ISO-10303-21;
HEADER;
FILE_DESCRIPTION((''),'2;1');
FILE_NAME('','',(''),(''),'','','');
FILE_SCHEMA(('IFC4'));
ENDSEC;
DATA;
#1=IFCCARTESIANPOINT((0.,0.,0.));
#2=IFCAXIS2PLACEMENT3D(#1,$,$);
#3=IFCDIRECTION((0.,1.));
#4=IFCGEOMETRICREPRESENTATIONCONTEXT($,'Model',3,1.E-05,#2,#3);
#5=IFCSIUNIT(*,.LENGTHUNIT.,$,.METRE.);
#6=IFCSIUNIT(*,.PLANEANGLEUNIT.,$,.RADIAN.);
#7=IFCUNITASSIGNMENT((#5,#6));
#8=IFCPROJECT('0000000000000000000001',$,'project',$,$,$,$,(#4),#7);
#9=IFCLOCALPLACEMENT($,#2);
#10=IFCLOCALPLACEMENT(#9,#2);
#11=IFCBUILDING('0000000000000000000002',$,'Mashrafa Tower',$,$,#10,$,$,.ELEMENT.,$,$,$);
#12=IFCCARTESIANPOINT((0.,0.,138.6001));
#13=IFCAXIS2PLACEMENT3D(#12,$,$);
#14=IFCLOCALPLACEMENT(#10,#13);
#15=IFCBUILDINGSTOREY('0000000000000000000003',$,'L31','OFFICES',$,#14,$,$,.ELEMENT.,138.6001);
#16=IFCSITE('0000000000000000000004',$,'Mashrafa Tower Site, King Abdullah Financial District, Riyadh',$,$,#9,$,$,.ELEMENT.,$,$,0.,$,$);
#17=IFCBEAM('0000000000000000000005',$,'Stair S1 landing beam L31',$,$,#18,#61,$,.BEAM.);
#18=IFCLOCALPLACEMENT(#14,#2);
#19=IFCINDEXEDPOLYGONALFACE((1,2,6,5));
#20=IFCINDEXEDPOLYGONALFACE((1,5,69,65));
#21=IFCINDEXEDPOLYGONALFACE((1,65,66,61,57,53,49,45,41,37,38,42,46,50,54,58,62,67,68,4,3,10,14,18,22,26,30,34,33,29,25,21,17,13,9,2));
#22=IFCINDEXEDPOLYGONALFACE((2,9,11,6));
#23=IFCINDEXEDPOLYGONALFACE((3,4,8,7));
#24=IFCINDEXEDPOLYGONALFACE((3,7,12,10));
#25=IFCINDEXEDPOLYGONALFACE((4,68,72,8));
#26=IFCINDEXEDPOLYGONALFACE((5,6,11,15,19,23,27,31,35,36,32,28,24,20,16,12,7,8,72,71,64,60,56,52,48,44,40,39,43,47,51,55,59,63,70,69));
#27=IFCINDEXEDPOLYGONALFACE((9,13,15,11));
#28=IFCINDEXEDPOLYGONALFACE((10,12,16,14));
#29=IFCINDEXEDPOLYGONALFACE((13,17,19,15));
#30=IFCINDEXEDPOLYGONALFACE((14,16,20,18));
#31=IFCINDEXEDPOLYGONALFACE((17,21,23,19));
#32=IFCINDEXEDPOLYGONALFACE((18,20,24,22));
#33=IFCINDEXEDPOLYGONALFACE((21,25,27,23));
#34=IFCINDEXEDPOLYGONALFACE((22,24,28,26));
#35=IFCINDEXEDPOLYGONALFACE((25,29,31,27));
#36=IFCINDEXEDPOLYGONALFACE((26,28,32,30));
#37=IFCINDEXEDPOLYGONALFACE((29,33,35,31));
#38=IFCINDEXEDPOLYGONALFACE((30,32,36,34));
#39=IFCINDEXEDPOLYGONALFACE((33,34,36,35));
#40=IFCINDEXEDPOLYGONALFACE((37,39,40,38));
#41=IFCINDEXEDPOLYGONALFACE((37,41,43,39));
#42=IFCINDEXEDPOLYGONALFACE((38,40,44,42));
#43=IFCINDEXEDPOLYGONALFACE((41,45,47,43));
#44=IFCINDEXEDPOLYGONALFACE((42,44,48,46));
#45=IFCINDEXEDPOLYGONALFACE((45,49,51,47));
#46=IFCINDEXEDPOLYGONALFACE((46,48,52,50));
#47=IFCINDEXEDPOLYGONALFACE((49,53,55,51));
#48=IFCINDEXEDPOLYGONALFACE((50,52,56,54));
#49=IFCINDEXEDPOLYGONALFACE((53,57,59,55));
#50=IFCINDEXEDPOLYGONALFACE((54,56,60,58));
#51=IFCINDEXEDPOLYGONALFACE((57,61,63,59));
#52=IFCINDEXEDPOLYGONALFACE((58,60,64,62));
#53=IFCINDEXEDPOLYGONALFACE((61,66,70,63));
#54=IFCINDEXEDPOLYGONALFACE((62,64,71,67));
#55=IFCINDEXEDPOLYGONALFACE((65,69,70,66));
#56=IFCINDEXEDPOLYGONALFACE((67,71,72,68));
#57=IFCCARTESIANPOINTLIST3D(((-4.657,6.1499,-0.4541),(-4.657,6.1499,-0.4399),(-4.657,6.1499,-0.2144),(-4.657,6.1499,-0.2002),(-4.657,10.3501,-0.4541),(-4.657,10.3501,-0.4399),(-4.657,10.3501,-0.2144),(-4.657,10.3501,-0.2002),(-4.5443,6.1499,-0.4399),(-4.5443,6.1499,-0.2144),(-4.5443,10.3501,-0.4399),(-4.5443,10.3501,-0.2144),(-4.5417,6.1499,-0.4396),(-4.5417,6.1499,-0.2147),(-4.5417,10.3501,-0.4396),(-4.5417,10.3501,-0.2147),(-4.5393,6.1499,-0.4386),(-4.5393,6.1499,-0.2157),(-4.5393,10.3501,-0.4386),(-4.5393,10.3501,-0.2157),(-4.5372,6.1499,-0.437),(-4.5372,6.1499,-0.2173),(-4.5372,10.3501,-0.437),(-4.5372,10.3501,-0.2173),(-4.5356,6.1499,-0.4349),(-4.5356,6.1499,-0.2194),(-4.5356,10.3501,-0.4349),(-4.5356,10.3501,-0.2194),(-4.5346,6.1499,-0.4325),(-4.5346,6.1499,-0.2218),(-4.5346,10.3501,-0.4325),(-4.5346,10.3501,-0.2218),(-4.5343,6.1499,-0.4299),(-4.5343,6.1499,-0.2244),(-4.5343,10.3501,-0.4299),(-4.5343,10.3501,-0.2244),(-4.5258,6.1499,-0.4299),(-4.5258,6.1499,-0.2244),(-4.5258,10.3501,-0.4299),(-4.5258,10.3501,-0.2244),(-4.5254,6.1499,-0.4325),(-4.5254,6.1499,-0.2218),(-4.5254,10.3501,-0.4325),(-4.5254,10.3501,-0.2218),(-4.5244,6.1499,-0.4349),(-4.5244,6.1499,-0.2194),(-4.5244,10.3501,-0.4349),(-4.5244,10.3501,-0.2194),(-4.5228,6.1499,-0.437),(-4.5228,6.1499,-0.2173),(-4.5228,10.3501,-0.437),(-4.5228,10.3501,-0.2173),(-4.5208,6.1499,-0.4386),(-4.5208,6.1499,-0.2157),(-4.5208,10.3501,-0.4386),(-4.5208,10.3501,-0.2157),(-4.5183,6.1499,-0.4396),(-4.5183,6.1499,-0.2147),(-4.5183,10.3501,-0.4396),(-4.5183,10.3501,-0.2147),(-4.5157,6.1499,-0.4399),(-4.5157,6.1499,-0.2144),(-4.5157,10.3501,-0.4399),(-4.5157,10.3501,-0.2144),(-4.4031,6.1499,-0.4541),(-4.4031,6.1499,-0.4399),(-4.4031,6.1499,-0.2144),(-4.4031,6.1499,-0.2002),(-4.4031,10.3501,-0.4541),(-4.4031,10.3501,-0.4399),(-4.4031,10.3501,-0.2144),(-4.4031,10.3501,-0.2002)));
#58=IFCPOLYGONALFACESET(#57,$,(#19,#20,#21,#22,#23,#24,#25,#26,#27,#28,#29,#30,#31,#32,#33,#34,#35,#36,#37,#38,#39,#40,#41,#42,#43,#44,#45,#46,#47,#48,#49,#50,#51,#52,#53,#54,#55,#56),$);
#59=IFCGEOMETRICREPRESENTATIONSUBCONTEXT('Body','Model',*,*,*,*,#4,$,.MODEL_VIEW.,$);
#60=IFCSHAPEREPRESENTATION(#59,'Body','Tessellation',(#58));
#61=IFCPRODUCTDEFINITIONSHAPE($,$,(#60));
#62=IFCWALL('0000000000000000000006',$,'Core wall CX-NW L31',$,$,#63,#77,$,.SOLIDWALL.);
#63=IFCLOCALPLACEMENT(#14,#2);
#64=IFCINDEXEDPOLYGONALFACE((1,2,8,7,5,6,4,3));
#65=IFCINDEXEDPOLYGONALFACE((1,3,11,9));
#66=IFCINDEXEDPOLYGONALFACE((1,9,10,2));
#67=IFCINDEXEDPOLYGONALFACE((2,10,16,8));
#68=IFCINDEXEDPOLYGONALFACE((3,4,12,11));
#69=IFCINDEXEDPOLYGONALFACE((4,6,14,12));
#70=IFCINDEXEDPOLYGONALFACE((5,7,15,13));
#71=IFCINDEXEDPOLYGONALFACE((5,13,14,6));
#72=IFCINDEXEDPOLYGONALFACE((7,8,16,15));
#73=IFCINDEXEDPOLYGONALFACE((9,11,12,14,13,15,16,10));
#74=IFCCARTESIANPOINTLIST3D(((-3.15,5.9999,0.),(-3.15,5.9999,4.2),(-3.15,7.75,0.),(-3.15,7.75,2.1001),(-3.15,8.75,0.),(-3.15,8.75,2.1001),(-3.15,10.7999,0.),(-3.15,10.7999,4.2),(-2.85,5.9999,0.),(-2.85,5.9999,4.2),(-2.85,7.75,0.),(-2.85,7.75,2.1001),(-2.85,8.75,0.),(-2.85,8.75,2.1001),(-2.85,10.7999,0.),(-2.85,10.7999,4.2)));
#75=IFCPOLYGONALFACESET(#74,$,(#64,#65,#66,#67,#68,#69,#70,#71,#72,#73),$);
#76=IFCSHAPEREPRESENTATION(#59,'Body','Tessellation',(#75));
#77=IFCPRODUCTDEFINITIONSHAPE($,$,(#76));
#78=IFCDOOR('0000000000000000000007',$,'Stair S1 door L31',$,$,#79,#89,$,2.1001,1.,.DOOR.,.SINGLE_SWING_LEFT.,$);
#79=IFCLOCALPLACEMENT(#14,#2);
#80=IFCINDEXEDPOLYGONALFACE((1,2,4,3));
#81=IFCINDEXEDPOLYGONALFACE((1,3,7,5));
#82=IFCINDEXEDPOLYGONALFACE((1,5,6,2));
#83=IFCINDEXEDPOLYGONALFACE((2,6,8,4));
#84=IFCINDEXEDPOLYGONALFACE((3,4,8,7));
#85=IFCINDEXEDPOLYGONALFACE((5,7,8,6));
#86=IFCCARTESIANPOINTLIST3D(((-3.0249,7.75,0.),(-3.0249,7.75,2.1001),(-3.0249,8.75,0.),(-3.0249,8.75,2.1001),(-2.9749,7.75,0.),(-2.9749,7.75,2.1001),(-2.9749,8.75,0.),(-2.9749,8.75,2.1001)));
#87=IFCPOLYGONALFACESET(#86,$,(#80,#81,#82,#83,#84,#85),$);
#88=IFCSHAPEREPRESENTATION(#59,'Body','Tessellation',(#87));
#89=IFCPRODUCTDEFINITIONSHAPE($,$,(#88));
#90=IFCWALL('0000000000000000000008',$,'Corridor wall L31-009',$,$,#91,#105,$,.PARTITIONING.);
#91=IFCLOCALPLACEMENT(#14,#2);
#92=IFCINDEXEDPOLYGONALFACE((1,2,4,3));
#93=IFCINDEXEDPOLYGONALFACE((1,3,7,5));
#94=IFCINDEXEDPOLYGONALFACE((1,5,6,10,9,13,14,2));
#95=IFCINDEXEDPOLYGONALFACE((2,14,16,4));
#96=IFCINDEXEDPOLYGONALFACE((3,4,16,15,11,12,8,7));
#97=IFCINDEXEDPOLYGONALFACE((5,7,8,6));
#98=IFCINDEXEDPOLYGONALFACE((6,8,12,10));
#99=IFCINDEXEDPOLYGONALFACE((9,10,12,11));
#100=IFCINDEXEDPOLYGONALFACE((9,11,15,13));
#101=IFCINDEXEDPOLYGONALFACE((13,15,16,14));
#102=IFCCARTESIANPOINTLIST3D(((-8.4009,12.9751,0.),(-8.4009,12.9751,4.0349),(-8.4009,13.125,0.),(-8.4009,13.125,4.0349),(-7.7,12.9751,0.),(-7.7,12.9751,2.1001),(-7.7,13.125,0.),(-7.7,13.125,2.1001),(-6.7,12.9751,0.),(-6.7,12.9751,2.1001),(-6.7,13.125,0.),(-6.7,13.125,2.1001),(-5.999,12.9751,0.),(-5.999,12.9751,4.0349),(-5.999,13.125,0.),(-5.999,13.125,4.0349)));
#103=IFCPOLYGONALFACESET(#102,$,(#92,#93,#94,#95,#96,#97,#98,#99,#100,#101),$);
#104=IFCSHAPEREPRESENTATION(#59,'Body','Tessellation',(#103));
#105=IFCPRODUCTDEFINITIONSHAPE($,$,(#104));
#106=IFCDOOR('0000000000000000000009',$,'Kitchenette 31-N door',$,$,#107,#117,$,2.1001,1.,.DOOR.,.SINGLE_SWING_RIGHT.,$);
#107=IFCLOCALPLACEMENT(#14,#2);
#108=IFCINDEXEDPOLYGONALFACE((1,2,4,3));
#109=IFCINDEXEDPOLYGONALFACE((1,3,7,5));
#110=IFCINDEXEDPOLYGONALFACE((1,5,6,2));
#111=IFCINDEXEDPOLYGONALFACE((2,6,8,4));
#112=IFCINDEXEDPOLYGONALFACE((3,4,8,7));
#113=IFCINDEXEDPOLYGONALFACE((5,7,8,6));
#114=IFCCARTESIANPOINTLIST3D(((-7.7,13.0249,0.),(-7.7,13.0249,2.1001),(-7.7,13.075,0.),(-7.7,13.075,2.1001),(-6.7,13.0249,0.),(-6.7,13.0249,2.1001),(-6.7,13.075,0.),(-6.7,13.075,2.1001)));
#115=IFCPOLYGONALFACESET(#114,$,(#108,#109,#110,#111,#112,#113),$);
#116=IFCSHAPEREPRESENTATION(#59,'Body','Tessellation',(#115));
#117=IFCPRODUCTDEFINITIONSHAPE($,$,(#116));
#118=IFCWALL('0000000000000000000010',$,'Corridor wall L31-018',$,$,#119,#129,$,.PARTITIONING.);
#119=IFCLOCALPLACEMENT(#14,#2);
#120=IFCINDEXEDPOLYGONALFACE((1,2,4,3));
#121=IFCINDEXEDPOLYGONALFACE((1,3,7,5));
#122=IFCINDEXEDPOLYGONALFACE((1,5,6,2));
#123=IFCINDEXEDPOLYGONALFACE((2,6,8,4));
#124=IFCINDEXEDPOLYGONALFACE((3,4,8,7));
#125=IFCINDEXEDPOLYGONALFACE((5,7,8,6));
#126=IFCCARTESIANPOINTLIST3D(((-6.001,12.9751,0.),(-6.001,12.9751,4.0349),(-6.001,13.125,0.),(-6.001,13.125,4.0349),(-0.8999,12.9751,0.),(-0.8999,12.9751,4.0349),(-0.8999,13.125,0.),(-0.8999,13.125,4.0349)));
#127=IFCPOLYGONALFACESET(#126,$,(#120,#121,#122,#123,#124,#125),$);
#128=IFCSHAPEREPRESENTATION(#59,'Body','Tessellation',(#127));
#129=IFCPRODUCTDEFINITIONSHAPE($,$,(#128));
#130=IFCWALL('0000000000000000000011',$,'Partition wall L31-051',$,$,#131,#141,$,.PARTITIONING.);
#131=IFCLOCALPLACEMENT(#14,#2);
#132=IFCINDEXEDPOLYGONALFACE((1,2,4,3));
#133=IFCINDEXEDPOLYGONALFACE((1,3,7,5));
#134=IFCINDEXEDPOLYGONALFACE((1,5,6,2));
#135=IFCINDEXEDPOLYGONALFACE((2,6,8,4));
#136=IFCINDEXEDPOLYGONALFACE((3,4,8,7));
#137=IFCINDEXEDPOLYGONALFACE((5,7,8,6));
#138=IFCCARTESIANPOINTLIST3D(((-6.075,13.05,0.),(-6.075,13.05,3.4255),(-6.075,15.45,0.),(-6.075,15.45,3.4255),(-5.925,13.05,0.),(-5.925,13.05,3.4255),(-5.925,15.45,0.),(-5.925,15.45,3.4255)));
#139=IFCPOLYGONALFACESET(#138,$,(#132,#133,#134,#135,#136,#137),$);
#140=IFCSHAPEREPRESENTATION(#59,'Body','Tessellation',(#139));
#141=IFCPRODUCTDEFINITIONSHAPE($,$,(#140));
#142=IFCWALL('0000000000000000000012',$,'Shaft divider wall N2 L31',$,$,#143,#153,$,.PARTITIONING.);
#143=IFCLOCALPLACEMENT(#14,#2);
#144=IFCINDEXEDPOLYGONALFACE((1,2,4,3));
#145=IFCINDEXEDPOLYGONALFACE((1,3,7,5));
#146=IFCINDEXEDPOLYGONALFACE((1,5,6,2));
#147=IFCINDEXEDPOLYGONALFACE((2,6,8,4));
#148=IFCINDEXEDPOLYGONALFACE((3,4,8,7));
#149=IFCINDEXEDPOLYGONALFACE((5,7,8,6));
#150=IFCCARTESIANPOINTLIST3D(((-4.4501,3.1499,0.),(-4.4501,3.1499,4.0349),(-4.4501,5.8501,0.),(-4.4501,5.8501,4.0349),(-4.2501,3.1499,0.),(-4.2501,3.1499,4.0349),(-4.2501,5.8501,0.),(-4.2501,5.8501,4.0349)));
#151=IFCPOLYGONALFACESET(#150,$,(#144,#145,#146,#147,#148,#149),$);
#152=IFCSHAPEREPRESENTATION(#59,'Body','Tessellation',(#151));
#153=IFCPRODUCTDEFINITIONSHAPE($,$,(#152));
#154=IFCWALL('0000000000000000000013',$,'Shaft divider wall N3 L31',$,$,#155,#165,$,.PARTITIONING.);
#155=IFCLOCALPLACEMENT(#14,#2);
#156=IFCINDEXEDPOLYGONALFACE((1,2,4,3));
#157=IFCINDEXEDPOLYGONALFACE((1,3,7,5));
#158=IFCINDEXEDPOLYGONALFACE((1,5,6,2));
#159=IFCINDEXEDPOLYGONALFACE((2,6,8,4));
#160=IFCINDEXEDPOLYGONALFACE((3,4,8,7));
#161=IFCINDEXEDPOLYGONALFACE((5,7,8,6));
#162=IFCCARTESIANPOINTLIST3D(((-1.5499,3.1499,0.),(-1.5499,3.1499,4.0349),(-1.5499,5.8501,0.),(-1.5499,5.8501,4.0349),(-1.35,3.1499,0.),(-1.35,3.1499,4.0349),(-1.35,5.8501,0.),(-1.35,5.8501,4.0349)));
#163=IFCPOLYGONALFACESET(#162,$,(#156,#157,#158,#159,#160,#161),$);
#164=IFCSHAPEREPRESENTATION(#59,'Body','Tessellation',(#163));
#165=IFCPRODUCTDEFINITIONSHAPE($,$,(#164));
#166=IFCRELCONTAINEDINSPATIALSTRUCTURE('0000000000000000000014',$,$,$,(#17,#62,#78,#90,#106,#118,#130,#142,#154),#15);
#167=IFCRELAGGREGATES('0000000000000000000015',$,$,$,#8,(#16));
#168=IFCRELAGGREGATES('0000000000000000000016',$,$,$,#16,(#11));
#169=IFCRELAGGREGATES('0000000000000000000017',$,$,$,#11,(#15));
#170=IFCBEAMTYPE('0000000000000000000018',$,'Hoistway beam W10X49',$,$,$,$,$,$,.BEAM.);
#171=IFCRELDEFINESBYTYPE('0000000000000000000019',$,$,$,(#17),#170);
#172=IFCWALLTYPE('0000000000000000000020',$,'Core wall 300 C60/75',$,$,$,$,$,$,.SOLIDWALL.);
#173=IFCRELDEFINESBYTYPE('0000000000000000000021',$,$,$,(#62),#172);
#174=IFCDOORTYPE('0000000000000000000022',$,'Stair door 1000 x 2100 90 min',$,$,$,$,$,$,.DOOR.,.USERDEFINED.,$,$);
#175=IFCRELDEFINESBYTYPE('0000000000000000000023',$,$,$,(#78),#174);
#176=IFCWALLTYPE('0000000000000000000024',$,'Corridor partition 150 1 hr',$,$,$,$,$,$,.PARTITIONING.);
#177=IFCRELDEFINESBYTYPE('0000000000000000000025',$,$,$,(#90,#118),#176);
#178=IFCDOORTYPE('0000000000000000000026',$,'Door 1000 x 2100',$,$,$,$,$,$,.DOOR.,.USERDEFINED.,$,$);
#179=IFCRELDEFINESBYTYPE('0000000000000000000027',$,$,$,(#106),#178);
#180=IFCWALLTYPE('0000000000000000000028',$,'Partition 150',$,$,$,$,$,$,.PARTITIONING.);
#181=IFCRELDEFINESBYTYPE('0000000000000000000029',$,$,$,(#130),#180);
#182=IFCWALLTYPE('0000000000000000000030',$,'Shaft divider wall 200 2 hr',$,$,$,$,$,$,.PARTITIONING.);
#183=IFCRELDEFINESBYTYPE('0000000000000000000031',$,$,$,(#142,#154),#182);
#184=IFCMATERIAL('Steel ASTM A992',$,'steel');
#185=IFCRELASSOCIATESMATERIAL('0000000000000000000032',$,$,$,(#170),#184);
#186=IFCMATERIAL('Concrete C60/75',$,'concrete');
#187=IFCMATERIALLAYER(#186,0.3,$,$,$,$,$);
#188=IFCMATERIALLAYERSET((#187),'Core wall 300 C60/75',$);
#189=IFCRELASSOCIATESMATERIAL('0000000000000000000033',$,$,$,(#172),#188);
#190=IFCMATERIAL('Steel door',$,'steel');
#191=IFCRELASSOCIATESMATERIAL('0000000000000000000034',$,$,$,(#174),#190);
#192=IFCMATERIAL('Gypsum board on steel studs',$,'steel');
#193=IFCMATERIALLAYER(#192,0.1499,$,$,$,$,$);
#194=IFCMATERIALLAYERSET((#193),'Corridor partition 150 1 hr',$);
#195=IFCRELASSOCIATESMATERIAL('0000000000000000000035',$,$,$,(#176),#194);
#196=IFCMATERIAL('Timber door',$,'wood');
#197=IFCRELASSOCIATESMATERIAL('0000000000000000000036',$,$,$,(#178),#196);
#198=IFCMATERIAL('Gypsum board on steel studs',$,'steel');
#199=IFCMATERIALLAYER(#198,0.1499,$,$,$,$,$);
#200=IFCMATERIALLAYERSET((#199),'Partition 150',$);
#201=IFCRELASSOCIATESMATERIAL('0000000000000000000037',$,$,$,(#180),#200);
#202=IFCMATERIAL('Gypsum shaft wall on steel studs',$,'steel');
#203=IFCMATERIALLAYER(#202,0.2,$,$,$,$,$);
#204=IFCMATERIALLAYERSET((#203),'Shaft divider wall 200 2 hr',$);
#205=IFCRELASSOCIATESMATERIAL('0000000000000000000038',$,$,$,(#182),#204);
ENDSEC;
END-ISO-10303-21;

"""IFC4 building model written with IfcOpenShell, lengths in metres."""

from ifc_helpers import new_model, si_unit, direction, frame, frame_2d, origin, origin_2d, place, context, subcontext, project, spatial, rectangle, i_section, extrude, material, layer, layer_set, material_profile, profile_set, type_object, element, fill, save


model = new_model("IFC4")

# Units and contexts
model_context = context("Model", 3, precision=1e-05, world=origin(), true_north=direction((0.0, 1.0)))
body_context = subcontext(model_context, "Body", "Model", "MODEL_VIEW")
ifc_project = project(units=[si_unit("LENGTHUNIT", "METRE"), si_unit("PLANEANGLEUNIT", "RADIAN")], contexts=[model_context])

# Site, building, storey
site_placement = place(None, origin())
site = spatial("IfcSite", under=ifc_project, at=site_placement, Name="Mashrafa Tower Site, King Abdullah Financial District, Riyadh", CompositionType="ELEMENT", RefElevation=0.0)
building_placement = place(site_placement, origin())
building = spatial("IfcBuilding", under=site, at=building_placement, Name="Mashrafa Tower", CompositionType="ELEMENT")
storey_placement = place(building_placement, frame((0.0, 0.0, 138.6001)))
storey = spatial("IfcBuildingStorey", under=building, at=storey_placement, Name="L31", Description="OFFICES", CompositionType="ELEMENT", Elevation=138.6001)

# Beam
ifc_material_1 = material(Name="Steel ASTM A992", Category="steel")
ifc_material_profile = material_profile(ifc_material_1, i_section(OverallWidth=0.2539, OverallDepth=0.2539, WebThickness=0.0085, FlangeThickness=0.0142, FilletRadius=0.01, at=origin_2d()), Name="W10X49")
ifc_profile_set = profile_set([ifc_material_profile], Name="Steel ASTM A992")
beam_type = type_object("IfcBeamType", Name="Hoistway beam W10X49", PredefinedType="BEAM", material=ifc_profile_set)
beam_placement = place(storey_placement, frame((-4.53, 6.1499, -0.3271), z_axis=(0.0, 1.0, 0.0), x_axis=(-1.0, 0.0, 0.0)))
element("IfcBeam", 1, at=beam_placement, inside=storey, type_object=beam_type, Name="Stair S1 landing beam L31", PredefinedType="BEAM", context=body_context, shape_type="SweptSolid", body=[
    extrude(i_section(OverallWidth=0.2539, OverallDepth=0.2539, WebThickness=0.0085, FlangeThickness=0.0142, FilletRadius=0.01, at=origin_2d()), origin(), (0.0, 0.0, 1.0), 4.2002),
])

# Walls, openings, doors
ifc_material_2 = material(Name="Concrete C60/75", Category="concrete")
ifc_layer_1 = layer(ifc_material_2, 0.3)
ifc_layer_set_1 = layer_set([ifc_layer_1], Name="Core wall 300 C60/75")
wall_type_1 = type_object("IfcWallType", Name="Core wall 300 C60/75", PredefinedType="SOLIDWALL", material=ifc_layer_set_1)
wall_1_placement = place(storey_placement, frame((-3.0, 6.0, 0.0), z_axis=(0.0, 0.0, 1.0), x_axis=(0.0, 1.0, 0.0)))
wall_1 = element("IfcWall", 2, at=wall_1_placement, inside=storey, type_object=wall_type_1, Name="Core wall CX-NW L31", PredefinedType="SOLIDWALL", context=body_context, shape_type="SweptSolid", body=[
    extrude(rectangle(XDim=4.8, YDim=0.3, at=frame_2d((2.3999, 0.0))), origin(), (0.0, 0.0, 1.0), 4.2),
])
opening_1_placement = place(wall_1_placement, frame((1.75, 0.0, 0.0)))
opening_1 = element("IfcOpeningElement", 3, at=opening_1_placement, cuts=wall_1, PredefinedType="OPENING", context=body_context, shape_type="SweptSolid", body=[
    extrude(rectangle(XDim=1.0, YDim=2.1001, at=frame_2d((0.5, 1.05))), frame((0.0, 0.1599, 0.0), z_axis=(0.0, -1.0, 0.0), x_axis=(1.0, 0.0, 0.0)), (0.0, 0.0, 1.0), 0.3201),
])
ifc_material_3 = material(Name="Steel door", Category="steel")
door_type_1 = type_object("IfcDoorType", Name="Stair door 1000 x 2100 90 min", OperationType="USERDEFINED", PredefinedType="DOOR", material=ifc_material_3)
door_1_placement = place(opening_1_placement, origin())
door_1 = element("IfcDoor", 4, at=door_1_placement, inside=storey, type_object=door_type_1, Name="Stair S1 door L31", OperationType="SINGLE_SWING_LEFT", OverallHeight=2.1001, OverallWidth=1.0, PredefinedType="DOOR", context=body_context, shape_type="SweptSolid", body=[
    extrude(rectangle(XDim=1.0, YDim=2.1001, at=frame_2d((0.5, 1.05))), frame((0.0, 0.0249, 0.0), z_axis=(0.0, -1.0, 0.0), x_axis=(1.0, 0.0, 0.0)), (0.0, 0.0, 1.0), 0.05),
])
fill(opening_1, door_1)
ifc_material_4 = material(Name="Gypsum board on steel studs", Category="steel")
ifc_layer_2 = layer(ifc_material_4, 0.1499)
ifc_layer_set_2 = layer_set([ifc_layer_2], Name="Corridor partition 150 1 hr")
wall_type_2 = type_object("IfcWallType", Name="Corridor partition 150 1 hr", PredefinedType="PARTITIONING", material=ifc_layer_set_2)
wall_2_placement = place(storey_placement, frame((-5.999, 13.05, 0.0), z_axis=(0.0, 0.0, 1.0), x_axis=(-1.0, 0.0, 0.0)))
wall_2 = element("IfcWall", 5, at=wall_2_placement, inside=storey, type_object=wall_type_2, Name="Corridor wall L31-009", PredefinedType="PARTITIONING", context=body_context, shape_type="SweptSolid", body=[
    extrude(rectangle(XDim=2.4019, YDim=0.1499, at=frame_2d((1.2009, 0.0))), origin(), (0.0, 0.0, 1.0), 4.0349),
])
opening_2_placement = place(wall_2_placement, frame((0.7009, 0.0, 0.0)))
opening_2 = element("IfcOpeningElement", 6, at=opening_2_placement, cuts=wall_2, PredefinedType="OPENING", context=body_context, shape_type="SweptSolid", body=[
    extrude(rectangle(XDim=1.0, YDim=2.1001, at=frame_2d((0.5, 1.05))), frame((0.0, 0.085, 0.0), z_axis=(0.0, -1.0, 0.0), x_axis=(1.0, 0.0, 0.0)), (0.0, 0.0, 1.0), 0.1699),
])
ifc_material_5 = material(Name="Timber door", Category="wood")
door_type_2 = type_object("IfcDoorType", Name="Door 1000 x 2100", OperationType="USERDEFINED", PredefinedType="DOOR", material=ifc_material_5)
door_2_placement = place(opening_2_placement, frame((1.0, 0.0, 0.0), z_axis=(0.0, 0.0, 1.0), x_axis=(-1.0, 0.0, 0.0)))
door_2 = element("IfcDoor", 7, at=door_2_placement, inside=storey, type_object=door_type_2, Name="Kitchenette 31-N door", OperationType="SINGLE_SWING_RIGHT", OverallHeight=2.1001, OverallWidth=1.0, PredefinedType="DOOR", context=body_context, shape_type="SweptSolid", body=[
    extrude(rectangle(XDim=1.0, YDim=2.1001, at=frame_2d((0.5, 1.05))), frame((0.0, 0.0249, 0.0), z_axis=(0.0, -1.0, 0.0), x_axis=(1.0, 0.0, 0.0)), (0.0, 0.0, 1.0), 0.05),
])
fill(opening_2, door_2)

# Walls
wall_3_placement = place(storey_placement, frame((-0.8999, 13.05, 0.0), z_axis=(0.0, 0.0, 1.0), x_axis=(-1.0, 0.0, 0.0)))
element("IfcWall", 8, at=wall_3_placement, inside=storey, type_object=wall_type_2, Name="Corridor wall L31-018", PredefinedType="PARTITIONING", context=body_context, shape_type="SweptSolid", body=[
    extrude(rectangle(XDim=5.1011, YDim=0.1499, at=frame_2d((2.5505, 0.0))), origin(), (0.0, 0.0, 1.0), 4.0349),
])
ifc_material_6 = material(Name="Gypsum board on steel studs", Category="steel")
ifc_layer_3 = layer(ifc_material_6, 0.1499)
ifc_layer_set_3 = layer_set([ifc_layer_3], Name="Partition 150")
wall_type_3 = type_object("IfcWallType", Name="Partition 150", PredefinedType="PARTITIONING", material=ifc_layer_set_3)
wall_4_placement = place(storey_placement, frame((-6.0, 13.05, 0.0), z_axis=(0.0, 0.0, 1.0), x_axis=(0.0, 1.0, 0.0)))
element("IfcWall", 9, at=wall_4_placement, inside=storey, type_object=wall_type_3, Name="Partition wall L31-051", PredefinedType="PARTITIONING", context=body_context, shape_type="SweptSolid", body=[
    extrude(rectangle(XDim=2.3999, YDim=0.1499, at=frame_2d((1.2, 0.0))), origin(), (0.0, 0.0, 1.0), 3.4255),
])
ifc_material_7 = material(Name="Gypsum shaft wall on steel studs", Category="steel")
ifc_layer_4 = layer(ifc_material_7, 0.2)
ifc_layer_set_4 = layer_set([ifc_layer_4], Name="Shaft divider wall 200 2 hr")
wall_type_4 = type_object("IfcWallType", Name="Shaft divider wall 200 2 hr", PredefinedType="PARTITIONING", material=ifc_layer_set_4)
for number, where, z_axis, x_axis, name in (
    (10, (-4.3501, 3.1499, 0.0), (0.0, 0.0, 1.0), (0.0, 1.0, 0.0), "Shaft divider wall N2 L31"),
    (11, (-1.45, 3.1499, 0.0), (0.0, 0.0, 1.0), (0.0, 1.0, 0.0), "Shaft divider wall N3 L31"),
):
    element("IfcWall", number, at=place(storey_placement, frame(where, z_axis=z_axis, x_axis=x_axis)), inside=storey, type_object=wall_type_4, Name=name, PredefinedType="PARTITIONING", context=body_context, shape_type="SweptSolid", body=[
        extrude(rectangle(XDim=2.7002, YDim=0.2, at=frame_2d((1.3501, 0.0))), origin(), (0.0, 0.0, 1.0), 4.0349),
    ])

save(model, "model.ifc")
